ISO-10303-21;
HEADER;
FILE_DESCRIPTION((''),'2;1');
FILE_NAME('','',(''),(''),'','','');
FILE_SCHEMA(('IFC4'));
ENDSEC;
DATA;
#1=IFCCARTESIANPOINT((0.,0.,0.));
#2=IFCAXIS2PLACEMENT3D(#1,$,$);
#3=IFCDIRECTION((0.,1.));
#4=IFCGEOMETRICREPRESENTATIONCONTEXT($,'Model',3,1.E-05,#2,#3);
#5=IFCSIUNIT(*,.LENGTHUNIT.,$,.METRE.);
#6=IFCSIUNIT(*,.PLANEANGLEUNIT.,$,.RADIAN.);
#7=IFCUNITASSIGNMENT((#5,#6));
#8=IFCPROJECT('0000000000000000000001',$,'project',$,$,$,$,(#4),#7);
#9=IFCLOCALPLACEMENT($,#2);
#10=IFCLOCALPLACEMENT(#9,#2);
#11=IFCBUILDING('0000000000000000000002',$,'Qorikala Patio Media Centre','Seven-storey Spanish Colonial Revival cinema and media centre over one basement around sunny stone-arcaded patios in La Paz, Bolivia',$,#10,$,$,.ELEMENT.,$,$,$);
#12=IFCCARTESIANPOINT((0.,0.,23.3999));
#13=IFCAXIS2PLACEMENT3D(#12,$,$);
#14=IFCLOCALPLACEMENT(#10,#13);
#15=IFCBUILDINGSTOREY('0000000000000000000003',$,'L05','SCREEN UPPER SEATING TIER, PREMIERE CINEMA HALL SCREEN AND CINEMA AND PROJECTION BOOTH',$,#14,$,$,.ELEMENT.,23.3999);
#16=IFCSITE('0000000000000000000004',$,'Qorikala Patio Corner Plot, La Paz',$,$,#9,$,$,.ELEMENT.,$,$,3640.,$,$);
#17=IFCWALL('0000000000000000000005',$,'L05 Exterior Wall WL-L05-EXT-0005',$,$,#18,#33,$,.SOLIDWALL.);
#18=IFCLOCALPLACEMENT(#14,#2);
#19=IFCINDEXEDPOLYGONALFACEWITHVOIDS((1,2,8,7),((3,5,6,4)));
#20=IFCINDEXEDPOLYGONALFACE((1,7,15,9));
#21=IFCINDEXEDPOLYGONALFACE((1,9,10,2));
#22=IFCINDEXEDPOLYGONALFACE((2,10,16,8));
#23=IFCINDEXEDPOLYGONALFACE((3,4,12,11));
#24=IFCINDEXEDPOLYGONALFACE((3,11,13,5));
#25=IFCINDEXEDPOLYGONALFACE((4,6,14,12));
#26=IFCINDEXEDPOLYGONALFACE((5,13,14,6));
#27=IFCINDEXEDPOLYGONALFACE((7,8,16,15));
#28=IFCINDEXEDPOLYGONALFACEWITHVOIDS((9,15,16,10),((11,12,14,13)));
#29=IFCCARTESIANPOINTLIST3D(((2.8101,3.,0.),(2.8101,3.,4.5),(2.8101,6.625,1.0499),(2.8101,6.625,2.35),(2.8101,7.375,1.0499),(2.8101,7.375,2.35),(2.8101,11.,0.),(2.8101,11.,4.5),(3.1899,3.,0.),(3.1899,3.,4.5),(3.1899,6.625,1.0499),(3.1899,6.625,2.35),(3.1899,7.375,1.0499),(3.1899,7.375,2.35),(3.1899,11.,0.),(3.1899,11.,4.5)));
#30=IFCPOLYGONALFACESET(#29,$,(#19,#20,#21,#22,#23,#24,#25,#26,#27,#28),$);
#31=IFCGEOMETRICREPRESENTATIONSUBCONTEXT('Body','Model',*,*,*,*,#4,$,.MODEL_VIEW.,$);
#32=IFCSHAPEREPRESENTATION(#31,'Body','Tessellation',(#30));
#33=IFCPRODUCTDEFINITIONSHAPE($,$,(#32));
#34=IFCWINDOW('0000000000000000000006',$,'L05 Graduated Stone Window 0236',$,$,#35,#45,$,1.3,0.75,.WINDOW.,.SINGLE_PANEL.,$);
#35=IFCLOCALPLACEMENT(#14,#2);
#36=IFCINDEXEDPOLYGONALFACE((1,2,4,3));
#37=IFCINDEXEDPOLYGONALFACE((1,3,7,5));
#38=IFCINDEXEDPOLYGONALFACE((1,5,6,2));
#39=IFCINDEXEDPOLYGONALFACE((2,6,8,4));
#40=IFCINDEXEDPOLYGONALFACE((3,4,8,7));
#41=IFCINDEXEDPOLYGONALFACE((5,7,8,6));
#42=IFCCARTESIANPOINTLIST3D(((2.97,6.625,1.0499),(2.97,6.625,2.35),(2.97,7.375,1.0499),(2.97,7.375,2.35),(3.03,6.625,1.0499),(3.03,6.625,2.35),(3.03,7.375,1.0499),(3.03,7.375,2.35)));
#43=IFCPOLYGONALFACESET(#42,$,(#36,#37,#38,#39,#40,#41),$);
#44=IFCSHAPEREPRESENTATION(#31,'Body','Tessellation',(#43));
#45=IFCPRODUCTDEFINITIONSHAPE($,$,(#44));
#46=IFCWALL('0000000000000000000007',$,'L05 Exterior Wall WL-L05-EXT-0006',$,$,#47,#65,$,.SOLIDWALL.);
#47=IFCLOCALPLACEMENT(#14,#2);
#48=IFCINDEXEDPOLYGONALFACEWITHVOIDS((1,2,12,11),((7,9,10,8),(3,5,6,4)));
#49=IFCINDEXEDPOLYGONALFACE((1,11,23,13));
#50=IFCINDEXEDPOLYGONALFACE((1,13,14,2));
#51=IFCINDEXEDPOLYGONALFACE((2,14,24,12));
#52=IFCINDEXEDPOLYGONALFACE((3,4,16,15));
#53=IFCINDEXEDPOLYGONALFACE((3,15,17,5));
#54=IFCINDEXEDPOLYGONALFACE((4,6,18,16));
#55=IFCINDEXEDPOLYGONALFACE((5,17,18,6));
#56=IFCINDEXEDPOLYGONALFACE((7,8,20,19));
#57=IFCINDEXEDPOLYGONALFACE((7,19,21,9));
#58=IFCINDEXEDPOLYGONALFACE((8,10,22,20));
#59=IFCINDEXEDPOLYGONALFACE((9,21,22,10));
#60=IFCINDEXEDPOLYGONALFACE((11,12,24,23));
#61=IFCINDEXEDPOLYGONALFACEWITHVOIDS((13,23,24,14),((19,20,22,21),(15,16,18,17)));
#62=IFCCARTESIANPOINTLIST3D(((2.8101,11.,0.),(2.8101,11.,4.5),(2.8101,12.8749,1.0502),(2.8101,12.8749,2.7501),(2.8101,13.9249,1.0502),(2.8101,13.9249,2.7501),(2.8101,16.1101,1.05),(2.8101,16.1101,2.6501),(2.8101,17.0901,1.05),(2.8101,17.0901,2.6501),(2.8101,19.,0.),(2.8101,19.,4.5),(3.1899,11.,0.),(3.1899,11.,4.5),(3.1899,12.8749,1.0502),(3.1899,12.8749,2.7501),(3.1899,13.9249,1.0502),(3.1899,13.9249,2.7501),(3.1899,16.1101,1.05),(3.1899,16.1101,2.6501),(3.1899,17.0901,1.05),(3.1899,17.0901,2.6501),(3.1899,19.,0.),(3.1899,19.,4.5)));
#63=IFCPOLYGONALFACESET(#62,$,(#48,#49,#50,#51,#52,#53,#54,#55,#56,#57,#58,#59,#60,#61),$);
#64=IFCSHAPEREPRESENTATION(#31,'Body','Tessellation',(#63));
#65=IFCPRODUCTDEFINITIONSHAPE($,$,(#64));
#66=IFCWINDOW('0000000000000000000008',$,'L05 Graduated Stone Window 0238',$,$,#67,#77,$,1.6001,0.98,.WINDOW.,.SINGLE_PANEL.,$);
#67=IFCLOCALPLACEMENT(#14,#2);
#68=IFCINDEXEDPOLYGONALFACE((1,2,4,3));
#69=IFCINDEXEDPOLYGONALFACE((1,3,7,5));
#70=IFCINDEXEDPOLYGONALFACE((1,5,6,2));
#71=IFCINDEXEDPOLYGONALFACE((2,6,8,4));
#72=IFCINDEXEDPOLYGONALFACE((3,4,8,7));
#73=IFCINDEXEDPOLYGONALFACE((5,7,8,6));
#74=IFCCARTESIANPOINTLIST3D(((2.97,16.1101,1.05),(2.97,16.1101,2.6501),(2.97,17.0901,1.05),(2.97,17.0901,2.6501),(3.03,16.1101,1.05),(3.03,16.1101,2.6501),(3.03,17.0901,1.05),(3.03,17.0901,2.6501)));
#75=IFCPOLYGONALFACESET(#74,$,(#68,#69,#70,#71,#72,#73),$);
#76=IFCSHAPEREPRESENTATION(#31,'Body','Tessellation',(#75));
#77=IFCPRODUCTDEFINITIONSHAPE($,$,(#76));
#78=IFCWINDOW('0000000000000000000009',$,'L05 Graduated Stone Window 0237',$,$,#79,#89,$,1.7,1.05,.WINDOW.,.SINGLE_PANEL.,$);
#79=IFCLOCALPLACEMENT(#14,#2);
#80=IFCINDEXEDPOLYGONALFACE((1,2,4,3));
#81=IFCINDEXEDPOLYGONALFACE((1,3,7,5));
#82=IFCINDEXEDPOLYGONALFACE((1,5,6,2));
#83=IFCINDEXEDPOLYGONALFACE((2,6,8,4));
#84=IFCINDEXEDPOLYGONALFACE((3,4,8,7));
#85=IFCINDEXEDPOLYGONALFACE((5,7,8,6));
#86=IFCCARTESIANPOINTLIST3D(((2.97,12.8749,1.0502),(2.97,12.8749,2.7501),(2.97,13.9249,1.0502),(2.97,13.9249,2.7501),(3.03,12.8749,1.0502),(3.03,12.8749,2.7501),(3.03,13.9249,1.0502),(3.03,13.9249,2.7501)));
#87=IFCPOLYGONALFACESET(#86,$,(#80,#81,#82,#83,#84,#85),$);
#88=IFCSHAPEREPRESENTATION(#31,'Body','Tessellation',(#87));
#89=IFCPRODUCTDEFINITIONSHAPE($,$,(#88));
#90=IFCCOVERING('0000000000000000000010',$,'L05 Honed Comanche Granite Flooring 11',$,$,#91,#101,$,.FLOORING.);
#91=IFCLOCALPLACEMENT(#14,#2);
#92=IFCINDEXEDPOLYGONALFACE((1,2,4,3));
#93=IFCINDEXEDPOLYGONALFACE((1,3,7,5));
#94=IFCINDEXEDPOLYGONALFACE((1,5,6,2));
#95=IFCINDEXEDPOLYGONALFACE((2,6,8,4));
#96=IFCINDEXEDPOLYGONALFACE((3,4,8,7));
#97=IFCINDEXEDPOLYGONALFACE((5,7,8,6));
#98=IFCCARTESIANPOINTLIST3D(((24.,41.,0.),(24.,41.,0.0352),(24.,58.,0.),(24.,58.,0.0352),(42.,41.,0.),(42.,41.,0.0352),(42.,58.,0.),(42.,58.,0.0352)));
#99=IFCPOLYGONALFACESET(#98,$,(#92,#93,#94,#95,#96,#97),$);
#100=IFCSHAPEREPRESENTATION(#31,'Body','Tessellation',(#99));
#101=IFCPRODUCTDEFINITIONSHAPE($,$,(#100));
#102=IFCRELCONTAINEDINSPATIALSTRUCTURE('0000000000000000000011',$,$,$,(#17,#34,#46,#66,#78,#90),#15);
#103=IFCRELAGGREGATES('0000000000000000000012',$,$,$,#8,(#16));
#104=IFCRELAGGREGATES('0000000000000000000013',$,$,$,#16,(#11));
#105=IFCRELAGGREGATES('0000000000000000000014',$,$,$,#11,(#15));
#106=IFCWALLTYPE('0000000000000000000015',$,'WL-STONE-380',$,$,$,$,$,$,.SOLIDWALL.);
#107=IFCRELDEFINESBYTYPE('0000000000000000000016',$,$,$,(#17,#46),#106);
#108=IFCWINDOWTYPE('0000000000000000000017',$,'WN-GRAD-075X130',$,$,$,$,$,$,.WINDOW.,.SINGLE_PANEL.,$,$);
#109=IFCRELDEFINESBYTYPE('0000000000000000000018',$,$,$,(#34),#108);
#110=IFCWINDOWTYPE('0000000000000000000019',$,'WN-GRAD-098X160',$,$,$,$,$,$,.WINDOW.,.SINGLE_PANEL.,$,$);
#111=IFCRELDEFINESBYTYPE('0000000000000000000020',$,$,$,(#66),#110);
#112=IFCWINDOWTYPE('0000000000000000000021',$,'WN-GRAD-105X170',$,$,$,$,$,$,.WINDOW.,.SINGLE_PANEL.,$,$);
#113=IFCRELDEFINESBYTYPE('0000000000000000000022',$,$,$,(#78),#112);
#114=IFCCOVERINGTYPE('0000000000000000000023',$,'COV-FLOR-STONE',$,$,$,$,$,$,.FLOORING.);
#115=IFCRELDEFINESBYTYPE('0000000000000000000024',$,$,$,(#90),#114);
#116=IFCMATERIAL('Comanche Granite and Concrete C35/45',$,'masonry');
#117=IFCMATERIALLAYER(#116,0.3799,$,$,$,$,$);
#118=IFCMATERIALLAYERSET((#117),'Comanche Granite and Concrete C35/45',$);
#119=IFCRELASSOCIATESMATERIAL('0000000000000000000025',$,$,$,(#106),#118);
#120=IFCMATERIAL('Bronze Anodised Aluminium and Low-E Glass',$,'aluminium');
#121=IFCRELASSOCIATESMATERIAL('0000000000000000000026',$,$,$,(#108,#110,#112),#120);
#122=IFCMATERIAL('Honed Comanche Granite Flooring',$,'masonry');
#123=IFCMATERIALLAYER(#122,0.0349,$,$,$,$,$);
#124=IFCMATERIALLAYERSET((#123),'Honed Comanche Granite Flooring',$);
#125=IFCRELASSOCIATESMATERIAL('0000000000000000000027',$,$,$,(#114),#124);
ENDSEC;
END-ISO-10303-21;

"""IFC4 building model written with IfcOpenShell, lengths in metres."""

from ifc_helpers import new_model, si_unit, direction, frame, frame_2d, origin, place, context, subcontext, project, spatial, polyline, rectangle, outline, extrude, material, layer, layer_set, type_object, element, fill, save


model = new_model("IFC4")

# Units and contexts
model_context = context("Model", 3, precision=1e-05, world=origin(), true_north=direction((0.0, 1.0)))
body_context = subcontext(model_context, "Body", "Model", "MODEL_VIEW")
ifc_project = project(units=[si_unit("LENGTHUNIT", "METRE"), si_unit("PLANEANGLEUNIT", "RADIAN")], contexts=[model_context])

# Site, building, storey
site_placement = place(None, origin())
site = spatial("IfcSite", under=ifc_project, at=site_placement, Name="Qorikala Patio Corner Plot, La Paz", CompositionType="ELEMENT", RefElevation=3640.0)
building_placement = place(site_placement, origin())
building = spatial("IfcBuilding", under=site, at=building_placement, Name="Qorikala Patio Media Centre", Description="Seven-storey Spanish Colonial Revival cinema and media centre over one basement around sunny stone-arcaded patios in La Paz, Bolivia", CompositionType="ELEMENT")
storey_placement = place(building_placement, frame((0.0, 0.0, 23.3999)))
storey = spatial("IfcBuildingStorey", under=building, at=storey_placement, Name="L05", Description="SCREEN UPPER SEATING TIER, PREMIERE CINEMA HALL SCREEN AND CINEMA AND PROJECTION BOOTH", CompositionType="ELEMENT", Elevation=23.3999)

# Wall, opening, window
ifc_material_1 = material(Name="Comanche Granite and Concrete C35/45", Category="masonry")
ifc_layer_1 = layer(ifc_material_1, 0.3799)
ifc_layer_set_1 = layer_set([ifc_layer_1], Name="Comanche Granite and Concrete C35/45")
wall_type_1 = type_object("IfcWallType", Name="WL-STONE-380", PredefinedType="SOLIDWALL", material=ifc_layer_set_1)
wall_1_placement = place(storey_placement, frame((3.0, 3.0, 0.0), z_axis=(0.0, 0.0, 1.0), x_axis=(0.0, 1.0, 0.0)))
wall_1 = element("IfcWall", 1, at=wall_1_placement, inside=storey, type_object=wall_type_1, Name="L05 Exterior Wall WL-L05-EXT-0005", PredefinedType="SOLIDWALL", context=body_context, shape_type="SweptSolid", body=[
    extrude(rectangle(XDim=8.0, YDim=0.3799, at=frame_2d((4.0, 0.0))), origin(), (0.0, 0.0, 1.0), 4.5),
])
opening_1_placement = place(wall_1_placement, frame((3.625, 0.0, 1.05)))
opening_1 = element("IfcOpeningElement", 2, at=opening_1_placement, cuts=wall_1, PredefinedType="OPENING", context=body_context, shape_type="SweptSolid", body=[
    extrude(rectangle(XDim=0.75, YDim=1.3, at=frame_2d((0.375, 0.6499))), frame((0.0, 0.2, 0.0), z_axis=(0.0, -1.0, 0.0), x_axis=(1.0, 0.0, 0.0)), (0.0, 0.0, 1.0), 0.3999),
])
ifc_material_2 = material(Name="Bronze Anodised Aluminium and Low-E Glass", Category="aluminium")
window_type_1 = type_object("IfcWindowType", Name="WN-GRAD-075X130", PartitioningType="SINGLE_PANEL", PredefinedType="WINDOW", material=ifc_material_2)
window_1_placement = place(opening_1_placement, origin())
window_1 = element("IfcWindow", 3, at=window_1_placement, inside=storey, type_object=window_type_1, Name="L05 Graduated Stone Window 0236", OverallHeight=1.3, OverallWidth=0.75, PartitioningType="SINGLE_PANEL", PredefinedType="WINDOW", context=body_context, shape_type="SweptSolid", body=[
    extrude(rectangle(XDim=0.75, YDim=1.3, at=frame_2d((0.375, 0.6499))), frame((0.0, 0.03, 0.0), z_axis=(0.0, -1.0, 0.0), x_axis=(1.0, 0.0, 0.0)), (0.0, 0.0, 1.0), 0.0601),
])
fill(opening_1, window_1)

# Wall, openings, windows
wall_2_placement = place(storey_placement, frame((3.0, 11.0, 0.0), z_axis=(0.0, 0.0, 1.0), x_axis=(0.0, 1.0, 0.0)))
wall_2 = element("IfcWall", 4, at=wall_2_placement, inside=storey, type_object=wall_type_1, Name="L05 Exterior Wall WL-L05-EXT-0006", PredefinedType="SOLIDWALL", context=body_context, shape_type="SweptSolid", body=[
    extrude(rectangle(XDim=8.0, YDim=0.3799, at=frame_2d((4.0, 0.0))), origin(), (0.0, 0.0, 1.0), 4.5),
])
opening_2_placement = place(wall_2_placement, frame((1.875, 0.0, 1.05)))
opening_2 = element("IfcOpeningElement", 5, at=opening_2_placement, cuts=wall_2, PredefinedType="OPENING", context=body_context, shape_type="SweptSolid", body=[
    extrude(rectangle(XDim=1.05, YDim=1.7, at=frame_2d((0.5249, 0.8501))), frame((0.0, 0.2, 0.0), z_axis=(0.0, -1.0, 0.0), x_axis=(1.0, 0.0, 0.0)), (0.0, 0.0, 1.0), 0.3999),
])
opening_3_placement = place(wall_2_placement, frame((5.1101, 0.0, 1.05)))
opening_3 = element("IfcOpeningElement", 6, at=opening_3_placement, cuts=wall_2, PredefinedType="OPENING", context=body_context, shape_type="SweptSolid", body=[
    extrude(rectangle(XDim=0.98, YDim=1.6001, at=frame_2d((0.49, 0.8))), frame((0.0, 0.2, 0.0), z_axis=(0.0, -1.0, 0.0), x_axis=(1.0, 0.0, 0.0)), (0.0, 0.0, 1.0), 0.3999),
])
window_type_2 = type_object("IfcWindowType", Name="WN-GRAD-098X160", PartitioningType="SINGLE_PANEL", PredefinedType="WINDOW", material=ifc_material_2)
window_2_placement = place(opening_3_placement, origin())
window_2 = element("IfcWindow", 7, at=window_2_placement, inside=storey, type_object=window_type_2, Name="L05 Graduated Stone Window 0238", OverallHeight=1.6001, OverallWidth=0.98, PartitioningType="SINGLE_PANEL", PredefinedType="WINDOW", context=body_context, shape_type="SweptSolid", body=[
    extrude(rectangle(XDim=0.98, YDim=1.6001, at=frame_2d((0.49, 0.8))), frame((0.0, 0.03, 0.0), z_axis=(0.0, -1.0, 0.0), x_axis=(1.0, 0.0, 0.0)), (0.0, 0.0, 1.0), 0.0601),
])
fill(opening_3, window_2)
window_type_3 = type_object("IfcWindowType", Name="WN-GRAD-105X170", PartitioningType="SINGLE_PANEL", PredefinedType="WINDOW", material=ifc_material_2)
window_3_placement = place(opening_2_placement, origin())
window_3 = element("IfcWindow", 8, at=window_3_placement, inside=storey, type_object=window_type_3, Name="L05 Graduated Stone Window 0237", OverallHeight=1.7, OverallWidth=1.05, PartitioningType="SINGLE_PANEL", PredefinedType="WINDOW", context=body_context, shape_type="SweptSolid", body=[
    extrude(rectangle(XDim=1.05, YDim=1.7, at=frame_2d((0.5249, 0.8501))), frame((0.0, 0.03, 0.0), z_axis=(0.0, -1.0, 0.0), x_axis=(1.0, 0.0, 0.0)), (0.0, 0.0, 1.0), 0.0601),
])
fill(opening_2, window_3)

# Covering
ifc_material_3 = material(Name="Honed Comanche Granite Flooring", Category="masonry")
ifc_layer_2 = layer(ifc_material_3, 0.0349)
ifc_layer_set_2 = layer_set([ifc_layer_2], Name="Honed Comanche Granite Flooring")
covering_type = type_object("IfcCoveringType", Name="COV-FLOR-STONE", PredefinedType="FLOORING", material=ifc_layer_set_2)
covering_placement = place(storey_placement, origin())
element("IfcCovering", 9, at=covering_placement, inside=storey, type_object=covering_type, Name="L05 Honed Comanche Granite Flooring 11", PredefinedType="FLOORING", context=body_context, shape_type="SweptSolid", body=[
    extrude(outline(polyline([(24.0, 41.0), (42.0, 41.0), (42.0, 58.0), (24.0, 58.0), (24.0, 41.0)])), origin(), (0.0, 0.0, 1.0), 0.0352),
])

save(model, "model.ifc")
